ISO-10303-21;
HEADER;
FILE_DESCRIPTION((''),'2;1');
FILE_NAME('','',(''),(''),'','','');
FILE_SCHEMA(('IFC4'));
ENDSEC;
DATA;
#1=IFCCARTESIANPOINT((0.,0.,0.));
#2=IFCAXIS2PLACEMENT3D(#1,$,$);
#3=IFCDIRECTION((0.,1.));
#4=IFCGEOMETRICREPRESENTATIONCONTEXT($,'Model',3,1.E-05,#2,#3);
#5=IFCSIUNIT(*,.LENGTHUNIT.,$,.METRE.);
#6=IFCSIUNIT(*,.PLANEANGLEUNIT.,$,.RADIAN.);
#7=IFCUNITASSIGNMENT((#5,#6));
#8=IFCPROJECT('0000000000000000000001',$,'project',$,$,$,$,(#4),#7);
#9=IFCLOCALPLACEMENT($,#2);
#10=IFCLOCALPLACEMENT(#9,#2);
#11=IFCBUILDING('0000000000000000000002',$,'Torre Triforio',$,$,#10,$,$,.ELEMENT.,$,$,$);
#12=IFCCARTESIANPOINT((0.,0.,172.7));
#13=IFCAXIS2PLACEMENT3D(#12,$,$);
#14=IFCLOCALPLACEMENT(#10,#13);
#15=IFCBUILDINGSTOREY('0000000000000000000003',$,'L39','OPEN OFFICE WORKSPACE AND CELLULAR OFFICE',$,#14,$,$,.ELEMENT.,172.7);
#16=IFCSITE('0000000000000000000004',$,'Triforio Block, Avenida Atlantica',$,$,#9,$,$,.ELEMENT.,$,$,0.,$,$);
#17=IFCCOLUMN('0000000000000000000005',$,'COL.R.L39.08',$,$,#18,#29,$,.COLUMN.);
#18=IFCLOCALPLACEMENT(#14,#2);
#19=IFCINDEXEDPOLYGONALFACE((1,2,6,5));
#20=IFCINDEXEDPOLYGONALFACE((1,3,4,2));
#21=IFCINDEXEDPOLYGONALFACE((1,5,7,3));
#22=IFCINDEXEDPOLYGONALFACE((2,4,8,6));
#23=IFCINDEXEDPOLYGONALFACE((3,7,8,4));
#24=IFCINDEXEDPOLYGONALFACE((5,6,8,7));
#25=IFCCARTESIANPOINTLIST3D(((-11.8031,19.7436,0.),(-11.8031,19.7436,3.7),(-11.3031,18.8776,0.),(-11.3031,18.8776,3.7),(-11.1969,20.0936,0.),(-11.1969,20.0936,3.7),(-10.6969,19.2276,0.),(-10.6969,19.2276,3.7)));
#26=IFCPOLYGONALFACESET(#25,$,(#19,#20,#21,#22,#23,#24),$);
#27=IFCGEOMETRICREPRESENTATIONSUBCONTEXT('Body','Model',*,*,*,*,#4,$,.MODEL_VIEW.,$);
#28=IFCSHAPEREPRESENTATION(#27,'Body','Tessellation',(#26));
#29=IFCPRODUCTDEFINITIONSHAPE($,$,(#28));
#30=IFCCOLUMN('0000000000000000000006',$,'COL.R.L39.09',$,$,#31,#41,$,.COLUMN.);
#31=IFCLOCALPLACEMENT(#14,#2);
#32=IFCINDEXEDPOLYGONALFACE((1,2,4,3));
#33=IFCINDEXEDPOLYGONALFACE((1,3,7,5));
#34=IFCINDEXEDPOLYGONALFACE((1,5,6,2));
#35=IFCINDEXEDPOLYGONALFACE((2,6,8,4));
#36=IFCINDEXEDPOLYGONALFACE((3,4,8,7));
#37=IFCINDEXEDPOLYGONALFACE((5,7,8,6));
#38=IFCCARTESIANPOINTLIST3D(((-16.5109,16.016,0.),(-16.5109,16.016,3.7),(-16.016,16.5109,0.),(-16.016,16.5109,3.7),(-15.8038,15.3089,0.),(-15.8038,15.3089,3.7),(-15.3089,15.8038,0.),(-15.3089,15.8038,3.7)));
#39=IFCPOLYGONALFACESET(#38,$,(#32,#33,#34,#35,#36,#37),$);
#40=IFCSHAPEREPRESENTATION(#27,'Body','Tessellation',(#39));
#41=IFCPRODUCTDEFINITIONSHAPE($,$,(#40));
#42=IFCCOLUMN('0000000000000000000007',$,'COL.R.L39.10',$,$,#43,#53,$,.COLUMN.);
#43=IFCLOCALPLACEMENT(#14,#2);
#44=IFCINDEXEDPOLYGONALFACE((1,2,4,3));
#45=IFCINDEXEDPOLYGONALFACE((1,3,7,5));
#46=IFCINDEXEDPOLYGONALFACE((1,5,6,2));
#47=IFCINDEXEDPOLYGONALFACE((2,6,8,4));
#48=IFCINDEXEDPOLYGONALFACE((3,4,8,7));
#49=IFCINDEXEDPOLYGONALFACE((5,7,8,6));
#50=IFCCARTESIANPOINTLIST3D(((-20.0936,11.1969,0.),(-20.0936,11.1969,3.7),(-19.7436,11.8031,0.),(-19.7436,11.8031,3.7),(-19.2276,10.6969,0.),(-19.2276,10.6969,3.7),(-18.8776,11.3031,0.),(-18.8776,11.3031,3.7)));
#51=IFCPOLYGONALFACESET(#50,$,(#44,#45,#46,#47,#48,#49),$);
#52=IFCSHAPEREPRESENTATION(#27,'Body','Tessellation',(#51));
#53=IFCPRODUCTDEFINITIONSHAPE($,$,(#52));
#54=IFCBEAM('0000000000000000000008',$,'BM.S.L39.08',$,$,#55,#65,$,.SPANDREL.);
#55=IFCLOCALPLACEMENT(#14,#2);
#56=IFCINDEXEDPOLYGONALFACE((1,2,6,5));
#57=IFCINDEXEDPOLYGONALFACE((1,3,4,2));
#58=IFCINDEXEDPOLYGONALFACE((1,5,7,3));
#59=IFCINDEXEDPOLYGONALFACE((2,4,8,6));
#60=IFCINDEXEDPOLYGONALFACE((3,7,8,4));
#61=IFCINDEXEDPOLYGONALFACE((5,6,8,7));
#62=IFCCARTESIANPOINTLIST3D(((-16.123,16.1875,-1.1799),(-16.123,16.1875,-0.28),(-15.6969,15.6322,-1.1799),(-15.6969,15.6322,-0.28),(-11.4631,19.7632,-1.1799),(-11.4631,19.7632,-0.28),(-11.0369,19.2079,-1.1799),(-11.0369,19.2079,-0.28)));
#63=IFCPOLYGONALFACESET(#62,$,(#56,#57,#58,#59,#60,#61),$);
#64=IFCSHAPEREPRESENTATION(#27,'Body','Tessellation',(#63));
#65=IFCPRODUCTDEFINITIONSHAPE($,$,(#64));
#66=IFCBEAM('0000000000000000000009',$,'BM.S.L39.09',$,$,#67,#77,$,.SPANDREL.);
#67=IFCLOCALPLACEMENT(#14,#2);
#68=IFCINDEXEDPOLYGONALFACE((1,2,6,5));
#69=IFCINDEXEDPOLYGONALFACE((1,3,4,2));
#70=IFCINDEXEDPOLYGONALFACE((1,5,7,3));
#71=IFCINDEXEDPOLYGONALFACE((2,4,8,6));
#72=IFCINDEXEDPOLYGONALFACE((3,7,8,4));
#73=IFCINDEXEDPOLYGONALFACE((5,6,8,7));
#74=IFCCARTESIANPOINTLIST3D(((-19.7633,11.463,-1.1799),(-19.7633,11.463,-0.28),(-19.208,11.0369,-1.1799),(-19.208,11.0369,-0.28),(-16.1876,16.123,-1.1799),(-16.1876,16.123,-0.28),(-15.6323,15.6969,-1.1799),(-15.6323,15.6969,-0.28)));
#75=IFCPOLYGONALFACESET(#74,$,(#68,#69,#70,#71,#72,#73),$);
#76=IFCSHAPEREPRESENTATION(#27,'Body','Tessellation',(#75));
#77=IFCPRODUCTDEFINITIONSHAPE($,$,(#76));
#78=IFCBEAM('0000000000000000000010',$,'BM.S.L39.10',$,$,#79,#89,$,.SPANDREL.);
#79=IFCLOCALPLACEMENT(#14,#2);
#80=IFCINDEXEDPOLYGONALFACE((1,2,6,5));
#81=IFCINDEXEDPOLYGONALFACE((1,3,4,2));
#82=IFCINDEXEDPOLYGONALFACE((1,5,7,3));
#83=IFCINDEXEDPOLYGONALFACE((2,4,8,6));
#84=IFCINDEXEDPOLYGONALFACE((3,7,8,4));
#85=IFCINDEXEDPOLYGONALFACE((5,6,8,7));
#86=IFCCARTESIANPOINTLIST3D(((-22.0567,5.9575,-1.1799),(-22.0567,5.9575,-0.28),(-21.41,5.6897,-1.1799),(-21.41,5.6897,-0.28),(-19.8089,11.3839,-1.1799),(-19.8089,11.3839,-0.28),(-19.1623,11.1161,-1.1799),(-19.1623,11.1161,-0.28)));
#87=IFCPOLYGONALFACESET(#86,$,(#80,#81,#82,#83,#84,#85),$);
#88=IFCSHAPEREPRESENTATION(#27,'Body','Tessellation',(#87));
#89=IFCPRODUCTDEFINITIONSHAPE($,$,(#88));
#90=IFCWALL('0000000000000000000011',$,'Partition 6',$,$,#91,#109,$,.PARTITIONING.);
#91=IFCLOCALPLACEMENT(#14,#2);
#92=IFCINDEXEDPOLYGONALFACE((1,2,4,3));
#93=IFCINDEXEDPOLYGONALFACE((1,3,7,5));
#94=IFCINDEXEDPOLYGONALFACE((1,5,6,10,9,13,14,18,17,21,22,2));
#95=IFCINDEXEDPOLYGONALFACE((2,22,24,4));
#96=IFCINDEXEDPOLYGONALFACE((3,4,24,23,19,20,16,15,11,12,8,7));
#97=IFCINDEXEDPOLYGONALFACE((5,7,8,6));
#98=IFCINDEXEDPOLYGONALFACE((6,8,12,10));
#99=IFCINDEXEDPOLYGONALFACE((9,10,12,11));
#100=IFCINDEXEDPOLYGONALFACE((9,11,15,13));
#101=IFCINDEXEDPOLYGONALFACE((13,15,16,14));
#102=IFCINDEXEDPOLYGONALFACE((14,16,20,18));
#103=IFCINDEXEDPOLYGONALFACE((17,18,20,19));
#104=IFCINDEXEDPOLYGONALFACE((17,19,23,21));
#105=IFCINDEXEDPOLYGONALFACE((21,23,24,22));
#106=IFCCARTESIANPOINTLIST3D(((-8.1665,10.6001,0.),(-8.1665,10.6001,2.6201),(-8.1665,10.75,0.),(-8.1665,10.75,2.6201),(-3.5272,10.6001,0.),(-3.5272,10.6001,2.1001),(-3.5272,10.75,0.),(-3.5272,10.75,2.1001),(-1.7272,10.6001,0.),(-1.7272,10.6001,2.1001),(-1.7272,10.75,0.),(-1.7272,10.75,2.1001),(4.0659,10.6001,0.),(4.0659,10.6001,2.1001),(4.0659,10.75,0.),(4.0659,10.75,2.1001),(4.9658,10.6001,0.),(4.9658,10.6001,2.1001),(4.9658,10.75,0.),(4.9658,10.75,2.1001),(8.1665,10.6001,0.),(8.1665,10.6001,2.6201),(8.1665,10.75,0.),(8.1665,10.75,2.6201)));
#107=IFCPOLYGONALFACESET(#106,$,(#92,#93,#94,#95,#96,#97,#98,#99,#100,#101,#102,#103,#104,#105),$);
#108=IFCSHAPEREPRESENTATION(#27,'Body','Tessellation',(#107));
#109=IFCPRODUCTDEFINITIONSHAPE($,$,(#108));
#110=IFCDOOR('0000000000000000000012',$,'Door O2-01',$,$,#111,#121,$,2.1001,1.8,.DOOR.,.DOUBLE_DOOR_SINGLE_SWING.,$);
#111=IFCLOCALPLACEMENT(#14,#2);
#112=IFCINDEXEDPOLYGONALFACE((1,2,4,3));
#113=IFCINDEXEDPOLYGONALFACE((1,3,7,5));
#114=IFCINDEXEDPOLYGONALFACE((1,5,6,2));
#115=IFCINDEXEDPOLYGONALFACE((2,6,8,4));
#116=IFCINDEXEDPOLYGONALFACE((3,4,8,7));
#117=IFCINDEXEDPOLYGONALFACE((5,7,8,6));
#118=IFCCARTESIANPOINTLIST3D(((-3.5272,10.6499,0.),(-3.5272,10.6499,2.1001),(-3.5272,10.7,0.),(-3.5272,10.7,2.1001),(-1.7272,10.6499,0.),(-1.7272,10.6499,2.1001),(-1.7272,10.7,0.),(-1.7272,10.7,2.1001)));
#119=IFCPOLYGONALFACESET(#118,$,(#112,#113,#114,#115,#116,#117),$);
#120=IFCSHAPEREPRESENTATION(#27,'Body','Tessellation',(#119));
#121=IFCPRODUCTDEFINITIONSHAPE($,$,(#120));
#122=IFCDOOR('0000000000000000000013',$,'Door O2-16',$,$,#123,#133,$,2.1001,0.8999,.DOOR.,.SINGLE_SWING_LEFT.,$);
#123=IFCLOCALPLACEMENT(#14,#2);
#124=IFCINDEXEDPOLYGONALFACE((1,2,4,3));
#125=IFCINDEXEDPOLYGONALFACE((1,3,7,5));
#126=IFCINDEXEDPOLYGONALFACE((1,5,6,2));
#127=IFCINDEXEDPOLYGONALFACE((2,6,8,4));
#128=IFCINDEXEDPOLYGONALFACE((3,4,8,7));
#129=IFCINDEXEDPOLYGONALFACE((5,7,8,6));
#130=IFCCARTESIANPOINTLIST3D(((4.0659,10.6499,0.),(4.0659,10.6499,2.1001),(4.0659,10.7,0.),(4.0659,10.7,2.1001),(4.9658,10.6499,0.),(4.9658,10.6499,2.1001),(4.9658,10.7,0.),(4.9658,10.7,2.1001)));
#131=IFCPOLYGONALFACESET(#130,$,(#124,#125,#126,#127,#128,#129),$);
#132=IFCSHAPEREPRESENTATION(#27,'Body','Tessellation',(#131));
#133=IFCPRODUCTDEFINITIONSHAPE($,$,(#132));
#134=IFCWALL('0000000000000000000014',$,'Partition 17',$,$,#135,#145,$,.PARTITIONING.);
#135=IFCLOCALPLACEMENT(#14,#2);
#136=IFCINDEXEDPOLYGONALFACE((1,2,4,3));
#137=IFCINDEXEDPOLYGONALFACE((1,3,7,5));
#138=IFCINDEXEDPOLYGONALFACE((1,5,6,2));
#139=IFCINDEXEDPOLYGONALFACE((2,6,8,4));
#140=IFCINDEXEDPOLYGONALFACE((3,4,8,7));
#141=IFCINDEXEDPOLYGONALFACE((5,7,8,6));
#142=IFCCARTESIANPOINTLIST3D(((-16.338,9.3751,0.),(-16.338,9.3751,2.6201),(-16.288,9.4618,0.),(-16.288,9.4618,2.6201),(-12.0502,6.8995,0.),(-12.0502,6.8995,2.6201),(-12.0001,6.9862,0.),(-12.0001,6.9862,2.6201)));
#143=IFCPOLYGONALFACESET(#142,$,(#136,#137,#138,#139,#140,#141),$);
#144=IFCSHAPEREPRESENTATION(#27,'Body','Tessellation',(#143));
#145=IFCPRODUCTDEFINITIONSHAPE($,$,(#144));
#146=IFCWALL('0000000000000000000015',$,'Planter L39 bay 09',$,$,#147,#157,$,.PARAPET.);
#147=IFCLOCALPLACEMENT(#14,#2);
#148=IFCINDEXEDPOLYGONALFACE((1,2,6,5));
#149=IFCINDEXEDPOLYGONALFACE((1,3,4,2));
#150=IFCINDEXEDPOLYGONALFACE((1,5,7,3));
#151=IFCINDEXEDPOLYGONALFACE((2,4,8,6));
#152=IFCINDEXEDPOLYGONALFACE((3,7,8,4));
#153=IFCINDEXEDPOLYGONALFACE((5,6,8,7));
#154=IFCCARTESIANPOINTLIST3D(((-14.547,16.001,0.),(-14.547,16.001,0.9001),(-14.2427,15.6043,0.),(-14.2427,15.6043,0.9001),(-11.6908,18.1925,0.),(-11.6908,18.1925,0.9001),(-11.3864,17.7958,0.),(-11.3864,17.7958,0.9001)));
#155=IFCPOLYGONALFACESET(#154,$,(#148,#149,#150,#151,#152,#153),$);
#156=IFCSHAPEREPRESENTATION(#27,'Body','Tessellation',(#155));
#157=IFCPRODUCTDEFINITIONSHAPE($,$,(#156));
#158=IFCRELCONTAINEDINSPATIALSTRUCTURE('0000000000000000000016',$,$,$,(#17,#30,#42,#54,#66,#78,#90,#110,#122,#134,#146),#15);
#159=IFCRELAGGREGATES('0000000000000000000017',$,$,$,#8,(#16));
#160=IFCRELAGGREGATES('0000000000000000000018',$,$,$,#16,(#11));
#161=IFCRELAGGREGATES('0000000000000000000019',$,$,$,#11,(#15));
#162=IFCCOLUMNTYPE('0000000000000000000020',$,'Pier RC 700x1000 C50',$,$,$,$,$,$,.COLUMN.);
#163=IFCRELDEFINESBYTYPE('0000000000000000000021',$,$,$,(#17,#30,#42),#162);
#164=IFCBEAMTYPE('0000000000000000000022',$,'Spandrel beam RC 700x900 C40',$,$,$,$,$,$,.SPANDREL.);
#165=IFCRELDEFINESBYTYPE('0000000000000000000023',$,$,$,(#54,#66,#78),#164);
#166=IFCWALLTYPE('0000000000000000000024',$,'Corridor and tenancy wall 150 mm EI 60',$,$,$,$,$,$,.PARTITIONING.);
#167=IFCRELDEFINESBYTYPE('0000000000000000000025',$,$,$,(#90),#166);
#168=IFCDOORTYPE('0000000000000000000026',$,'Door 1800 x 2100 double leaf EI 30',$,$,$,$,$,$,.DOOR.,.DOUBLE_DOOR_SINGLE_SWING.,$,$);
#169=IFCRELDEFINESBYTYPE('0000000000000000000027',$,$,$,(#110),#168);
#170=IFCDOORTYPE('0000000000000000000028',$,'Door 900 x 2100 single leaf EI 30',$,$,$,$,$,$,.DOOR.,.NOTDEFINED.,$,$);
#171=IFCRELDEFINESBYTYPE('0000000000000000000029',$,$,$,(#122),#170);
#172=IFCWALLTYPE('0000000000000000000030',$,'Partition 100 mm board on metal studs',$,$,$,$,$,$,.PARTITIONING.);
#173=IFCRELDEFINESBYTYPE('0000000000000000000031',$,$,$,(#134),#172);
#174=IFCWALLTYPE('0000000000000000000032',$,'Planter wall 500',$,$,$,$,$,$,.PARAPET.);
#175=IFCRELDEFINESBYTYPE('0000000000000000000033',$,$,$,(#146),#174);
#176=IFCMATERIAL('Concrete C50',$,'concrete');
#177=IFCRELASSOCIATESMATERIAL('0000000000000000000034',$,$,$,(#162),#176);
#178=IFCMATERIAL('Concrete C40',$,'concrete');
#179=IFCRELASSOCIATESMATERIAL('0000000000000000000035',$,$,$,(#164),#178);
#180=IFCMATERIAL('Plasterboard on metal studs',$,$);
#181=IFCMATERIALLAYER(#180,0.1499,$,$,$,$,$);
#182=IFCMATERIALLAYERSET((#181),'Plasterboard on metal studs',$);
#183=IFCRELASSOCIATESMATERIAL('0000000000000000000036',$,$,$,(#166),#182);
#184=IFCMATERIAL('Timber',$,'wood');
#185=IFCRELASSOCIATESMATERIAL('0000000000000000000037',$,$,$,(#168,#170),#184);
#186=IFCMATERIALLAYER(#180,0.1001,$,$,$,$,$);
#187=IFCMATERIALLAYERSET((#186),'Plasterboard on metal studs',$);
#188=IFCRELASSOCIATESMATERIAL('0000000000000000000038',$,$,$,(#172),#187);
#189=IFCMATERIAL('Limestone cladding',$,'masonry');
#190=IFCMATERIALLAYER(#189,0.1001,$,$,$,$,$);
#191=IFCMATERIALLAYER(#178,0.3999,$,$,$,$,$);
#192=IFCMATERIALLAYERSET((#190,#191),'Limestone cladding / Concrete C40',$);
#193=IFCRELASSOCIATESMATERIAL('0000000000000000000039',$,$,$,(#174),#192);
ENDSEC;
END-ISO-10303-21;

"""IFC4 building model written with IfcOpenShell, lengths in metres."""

from ifc_helpers import new_model, si_unit, direction, frame, frame_2d, origin, origin_2d, place, context, subcontext, project, spatial, rectangle, extrude, material, layer, layer_set, material_profile, profile_set, type_object, element, fill, save


model = new_model("IFC4")

# Units and contexts
model_context = context("Model", 3, precision=1e-05, world=origin(), true_north=direction((0.0, 1.0)))
body_context = subcontext(model_context, "Body", "Model", "MODEL_VIEW")
ifc_project = project(units=[si_unit("LENGTHUNIT", "METRE"), si_unit("PLANEANGLEUNIT", "RADIAN")], contexts=[model_context])

# Site, building, storey
site_placement = place(None, origin())
site = spatial("IfcSite", under=ifc_project, at=site_placement, Name="Triforio Block, Avenida Atlantica", CompositionType="ELEMENT", RefElevation=0.0)
building_placement = place(site_placement, origin())
building = spatial("IfcBuilding", under=site, at=building_placement, Name="Torre Triforio", CompositionType="ELEMENT")
storey_placement = place(building_placement, frame((0.0, 0.0, 172.7)))
storey = spatial("IfcBuildingStorey", under=building, at=storey_placement, Name="L39", Description="OPEN OFFICE WORKSPACE AND CELLULAR OFFICE", CompositionType="ELEMENT", Elevation=172.7)

# Columns
ifc_material_1 = material(Name="Concrete C50", Category="concrete")
ifc_material_profile_1 = material_profile(ifc_material_1, rectangle(XDim=0.7, YDim=1.0, at=origin_2d()), Name="RC 700x1000")
ifc_profile_set_1 = profile_set([ifc_material_profile_1], Name="Concrete C50")
column_type = type_object("IfcColumnType", Name="Pier RC 700x1000 C50", PredefinedType="COLUMN", material=ifc_profile_set_1)
for number, where, z_axis, x_axis, name in (
    (1, (-11.25, 19.4856, 0.0), (0.0, 0.0, 1.0), (-0.866025, -0.5, 0.0), "COL.R.L39.08"),
    (2, (-15.9099, 15.9099, 0.0), (0.0, 0.0, 1.0), (-0.707107, -0.707107, 0.0), "COL.R.L39.09"),
    (3, (-19.4856, 11.25, 0.0), (0.0, 0.0, 1.0), (-0.5, -0.866025, 0.0), "COL.R.L39.10"),
):
    element("IfcColumn", number, at=place(storey_placement, frame(where, z_axis=z_axis, x_axis=x_axis)), inside=storey, type_object=column_type, Name=name, PredefinedType="COLUMN", context=body_context, shape_type="SweptSolid", body=[
        extrude(rectangle(XDim=0.7, YDim=1.0, at=origin_2d()), origin(), (0.0, 0.0, 1.0), 3.7),
    ])

# Beams
ifc_material_2 = material(Name="Concrete C40", Category="concrete")
ifc_material_profile_2 = material_profile(ifc_material_2, rectangle(XDim=0.7, YDim=0.8999, at=origin_2d()), Name="RC 700x900")
ifc_profile_set_2 = profile_set([ifc_material_profile_2], Name="Concrete C40")
beam_type = type_object("IfcBeamType", Name="Spandrel beam RC 700x900 C40", PredefinedType="SPANDREL", material=ifc_profile_set_2)
for number, where, z_axis, x_axis, name in (
    (4, (-11.25, 19.4856, -0.73), (-0.793353, -0.608762, 0.0), (0.608762, -0.793353, 0.0), "BM.S.L39.08"),
    (5, (-15.9099, 15.9099, -0.73), (-0.608762, -0.793353, 0.0), (0.793353, -0.608762, 0.0), "BM.S.L39.09"),
):
    element("IfcBeam", number, at=place(storey_placement, frame(where, z_axis=z_axis, x_axis=x_axis)), inside=storey, type_object=beam_type, Name=name, PredefinedType="SPANDREL", context=body_context, shape_type="SweptSolid", body=[
        extrude(rectangle(XDim=0.7, YDim=0.8999, at=origin_2d()), origin(), (0.0, 0.0, 1.0), 5.8738),
    ])
beam_placement = place(storey_placement, frame((-19.4856, 11.25, -0.73), z_axis=(-0.382693, -0.923875, 0.0), x_axis=(0.923875, -0.382693, 0.0)))
element("IfcBeam", 6, at=beam_placement, inside=storey, type_object=beam_type, Name="BM.S.L39.10", PredefinedType="SPANDREL", context=body_context, shape_type="SweptSolid", body=[
    extrude(rectangle(XDim=0.7, YDim=0.8999, at=origin_2d()), origin(), (0.0, 0.0, 1.0), 5.8735),
])

# Wall, openings, doors
ifc_material_3 = material(Name="Plasterboard on metal studs")
ifc_layer_1 = layer(ifc_material_3, 0.1499)
ifc_layer_set_1 = layer_set([ifc_layer_1], Name="Plasterboard on metal studs")
wall_type_1 = type_object("IfcWallType", Name="Corridor and tenancy wall 150 mm EI 60", PredefinedType="PARTITIONING", material=ifc_layer_set_1)
wall_1_placement = place(storey_placement, frame((-8.1665, 10.675, 0.0), z_axis=(0.0, 0.0, 1.0), x_axis=(1.0, 0.0, 0.0)))
wall_1 = element("IfcWall", 7, at=wall_1_placement, inside=storey, type_object=wall_type_1, Name="Partition 6", PredefinedType="PARTITIONING", context=body_context, shape_type="SweptSolid", body=[
    extrude(rectangle(XDim=16.333, YDim=0.1499, at=frame_2d((8.1665, 0.0))), origin(), (0.0, 0.0, 1.0), 2.6201),
])
opening_1_placement = place(wall_1_placement, frame((4.6394, 0.0, 0.0)))
opening_1 = element("IfcOpeningElement", 8, at=opening_1_placement, cuts=wall_1, PredefinedType="OPENING", context=body_context, shape_type="SweptSolid", body=[
    extrude(rectangle(XDim=1.8, YDim=2.1001, at=frame_2d((0.8999, 1.05))), frame((0.0, 0.085, 0.0), z_axis=(0.0, -1.0, 0.0), x_axis=(1.0, 0.0, 0.0)), (0.0, 0.0, 1.0), 0.1699),
])
opening_2_placement = place(wall_1_placement, frame((12.2324, 0.0, 0.0)))
opening_2 = element("IfcOpeningElement", 9, at=opening_2_placement, cuts=wall_1, PredefinedType="OPENING", context=body_context, shape_type="SweptSolid", body=[
    extrude(rectangle(XDim=0.8999, YDim=2.1001, at=frame_2d((0.45, 1.05))), frame((0.0, 0.085, 0.0), z_axis=(0.0, -1.0, 0.0), x_axis=(1.0, 0.0, 0.0)), (0.0, 0.0, 1.0), 0.1699),
])
ifc_material_4 = material(Name="Timber", Category="wood")
door_type_1 = type_object("IfcDoorType", Name="Door 1800 x 2100 double leaf EI 30", OperationType="DOUBLE_DOOR_SINGLE_SWING", PredefinedType="DOOR", material=ifc_material_4)
door_1_placement = place(opening_1_placement, origin())
door_1 = element("IfcDoor", 10, at=door_1_placement, inside=storey, type_object=door_type_1, Name="Door O2-01", OperationType="DOUBLE_DOOR_SINGLE_SWING", OverallHeight=2.1001, OverallWidth=1.8, PredefinedType="DOOR", context=body_context, shape_type="SweptSolid", body=[
    extrude(rectangle(XDim=1.8, YDim=2.1001, at=frame_2d((0.8999, 1.05))), frame((0.0, 0.0249, 0.0), z_axis=(0.0, -1.0, 0.0), x_axis=(1.0, 0.0, 0.0)), (0.0, 0.0, 1.0), 0.05),
])
fill(opening_1, door_1)
door_type_2 = type_object("IfcDoorType", Name="Door 900 x 2100 single leaf EI 30", OperationType="NOTDEFINED", PredefinedType="DOOR", material=ifc_material_4)
door_2_placement = place(opening_2_placement, origin())
door_2 = element("IfcDoor", 11, at=door_2_placement, inside=storey, type_object=door_type_2, Name="Door O2-16", OperationType="SINGLE_SWING_LEFT", OverallHeight=2.1001, OverallWidth=0.8999, PredefinedType="DOOR", context=body_context, shape_type="SweptSolid", body=[
    extrude(rectangle(XDim=0.8999, YDim=2.1001, at=frame_2d((0.45, 1.05))), frame((0.0, 0.0249, 0.0), z_axis=(0.0, -1.0, 0.0), x_axis=(1.0, 0.0, 0.0)), (0.0, 0.0, 1.0), 0.05),
])
fill(opening_2, door_2)

# Walls
ifc_layer_2 = layer(ifc_material_3, 0.1001)
ifc_layer_set_2 = layer_set([ifc_layer_2], Name="Plasterboard on metal studs")
wall_type_2 = type_object("IfcWallType", Name="Partition 100 mm board on metal studs", PredefinedType="PARTITIONING", material=ifc_layer_set_2)
wall_2_placement = place(storey_placement, frame((-12.0251, 6.9429, 0.0), z_axis=(0.0, 0.0, 1.0), x_axis=(-0.866025, 0.5, 0.0)))
element("IfcWall", 12, at=wall_2_placement, inside=storey, type_object=wall_type_2, Name="Partition 17", PredefinedType="PARTITIONING", context=body_context, shape_type="SweptSolid", body=[
    extrude(rectangle(XDim=4.9512, YDim=0.1001, at=frame_2d((2.4756, 0.0))), origin(), (0.0, 0.0, 1.0), 2.6201),
])
ifc_material_5 = material(Name="Limestone cladding", Category="masonry")
ifc_layer_3 = layer(ifc_material_5, 0.1001)
ifc_layer_4 = layer(ifc_material_2, 0.3999)
ifc_layer_set_3 = layer_set([ifc_layer_3, ifc_layer_4], Name="Limestone cladding / Concrete C40")
wall_type_3 = type_object("IfcWallType", Name="Planter wall 500", PredefinedType="PARAPET", material=ifc_layer_set_3)
wall_3_placement = place(storey_placement, frame((-11.5386, 17.9941, 0.0), z_axis=(0.0, 0.0, 1.0), x_axis=(-0.793385, -0.608721, 0.0)))
element("IfcWall", 13, at=wall_3_placement, inside=storey, type_object=wall_type_3, Name="Planter L39 bay 09", PredefinedType="PARAPET", context=body_context, shape_type="SweptSolid", body=[
    extrude(rectangle(XDim=3.6001, YDim=0.5, at=frame_2d((1.8, 0.0))), origin(), (0.0, 0.0, 1.0), 0.9001),
])

save(model, "model.ifc")
